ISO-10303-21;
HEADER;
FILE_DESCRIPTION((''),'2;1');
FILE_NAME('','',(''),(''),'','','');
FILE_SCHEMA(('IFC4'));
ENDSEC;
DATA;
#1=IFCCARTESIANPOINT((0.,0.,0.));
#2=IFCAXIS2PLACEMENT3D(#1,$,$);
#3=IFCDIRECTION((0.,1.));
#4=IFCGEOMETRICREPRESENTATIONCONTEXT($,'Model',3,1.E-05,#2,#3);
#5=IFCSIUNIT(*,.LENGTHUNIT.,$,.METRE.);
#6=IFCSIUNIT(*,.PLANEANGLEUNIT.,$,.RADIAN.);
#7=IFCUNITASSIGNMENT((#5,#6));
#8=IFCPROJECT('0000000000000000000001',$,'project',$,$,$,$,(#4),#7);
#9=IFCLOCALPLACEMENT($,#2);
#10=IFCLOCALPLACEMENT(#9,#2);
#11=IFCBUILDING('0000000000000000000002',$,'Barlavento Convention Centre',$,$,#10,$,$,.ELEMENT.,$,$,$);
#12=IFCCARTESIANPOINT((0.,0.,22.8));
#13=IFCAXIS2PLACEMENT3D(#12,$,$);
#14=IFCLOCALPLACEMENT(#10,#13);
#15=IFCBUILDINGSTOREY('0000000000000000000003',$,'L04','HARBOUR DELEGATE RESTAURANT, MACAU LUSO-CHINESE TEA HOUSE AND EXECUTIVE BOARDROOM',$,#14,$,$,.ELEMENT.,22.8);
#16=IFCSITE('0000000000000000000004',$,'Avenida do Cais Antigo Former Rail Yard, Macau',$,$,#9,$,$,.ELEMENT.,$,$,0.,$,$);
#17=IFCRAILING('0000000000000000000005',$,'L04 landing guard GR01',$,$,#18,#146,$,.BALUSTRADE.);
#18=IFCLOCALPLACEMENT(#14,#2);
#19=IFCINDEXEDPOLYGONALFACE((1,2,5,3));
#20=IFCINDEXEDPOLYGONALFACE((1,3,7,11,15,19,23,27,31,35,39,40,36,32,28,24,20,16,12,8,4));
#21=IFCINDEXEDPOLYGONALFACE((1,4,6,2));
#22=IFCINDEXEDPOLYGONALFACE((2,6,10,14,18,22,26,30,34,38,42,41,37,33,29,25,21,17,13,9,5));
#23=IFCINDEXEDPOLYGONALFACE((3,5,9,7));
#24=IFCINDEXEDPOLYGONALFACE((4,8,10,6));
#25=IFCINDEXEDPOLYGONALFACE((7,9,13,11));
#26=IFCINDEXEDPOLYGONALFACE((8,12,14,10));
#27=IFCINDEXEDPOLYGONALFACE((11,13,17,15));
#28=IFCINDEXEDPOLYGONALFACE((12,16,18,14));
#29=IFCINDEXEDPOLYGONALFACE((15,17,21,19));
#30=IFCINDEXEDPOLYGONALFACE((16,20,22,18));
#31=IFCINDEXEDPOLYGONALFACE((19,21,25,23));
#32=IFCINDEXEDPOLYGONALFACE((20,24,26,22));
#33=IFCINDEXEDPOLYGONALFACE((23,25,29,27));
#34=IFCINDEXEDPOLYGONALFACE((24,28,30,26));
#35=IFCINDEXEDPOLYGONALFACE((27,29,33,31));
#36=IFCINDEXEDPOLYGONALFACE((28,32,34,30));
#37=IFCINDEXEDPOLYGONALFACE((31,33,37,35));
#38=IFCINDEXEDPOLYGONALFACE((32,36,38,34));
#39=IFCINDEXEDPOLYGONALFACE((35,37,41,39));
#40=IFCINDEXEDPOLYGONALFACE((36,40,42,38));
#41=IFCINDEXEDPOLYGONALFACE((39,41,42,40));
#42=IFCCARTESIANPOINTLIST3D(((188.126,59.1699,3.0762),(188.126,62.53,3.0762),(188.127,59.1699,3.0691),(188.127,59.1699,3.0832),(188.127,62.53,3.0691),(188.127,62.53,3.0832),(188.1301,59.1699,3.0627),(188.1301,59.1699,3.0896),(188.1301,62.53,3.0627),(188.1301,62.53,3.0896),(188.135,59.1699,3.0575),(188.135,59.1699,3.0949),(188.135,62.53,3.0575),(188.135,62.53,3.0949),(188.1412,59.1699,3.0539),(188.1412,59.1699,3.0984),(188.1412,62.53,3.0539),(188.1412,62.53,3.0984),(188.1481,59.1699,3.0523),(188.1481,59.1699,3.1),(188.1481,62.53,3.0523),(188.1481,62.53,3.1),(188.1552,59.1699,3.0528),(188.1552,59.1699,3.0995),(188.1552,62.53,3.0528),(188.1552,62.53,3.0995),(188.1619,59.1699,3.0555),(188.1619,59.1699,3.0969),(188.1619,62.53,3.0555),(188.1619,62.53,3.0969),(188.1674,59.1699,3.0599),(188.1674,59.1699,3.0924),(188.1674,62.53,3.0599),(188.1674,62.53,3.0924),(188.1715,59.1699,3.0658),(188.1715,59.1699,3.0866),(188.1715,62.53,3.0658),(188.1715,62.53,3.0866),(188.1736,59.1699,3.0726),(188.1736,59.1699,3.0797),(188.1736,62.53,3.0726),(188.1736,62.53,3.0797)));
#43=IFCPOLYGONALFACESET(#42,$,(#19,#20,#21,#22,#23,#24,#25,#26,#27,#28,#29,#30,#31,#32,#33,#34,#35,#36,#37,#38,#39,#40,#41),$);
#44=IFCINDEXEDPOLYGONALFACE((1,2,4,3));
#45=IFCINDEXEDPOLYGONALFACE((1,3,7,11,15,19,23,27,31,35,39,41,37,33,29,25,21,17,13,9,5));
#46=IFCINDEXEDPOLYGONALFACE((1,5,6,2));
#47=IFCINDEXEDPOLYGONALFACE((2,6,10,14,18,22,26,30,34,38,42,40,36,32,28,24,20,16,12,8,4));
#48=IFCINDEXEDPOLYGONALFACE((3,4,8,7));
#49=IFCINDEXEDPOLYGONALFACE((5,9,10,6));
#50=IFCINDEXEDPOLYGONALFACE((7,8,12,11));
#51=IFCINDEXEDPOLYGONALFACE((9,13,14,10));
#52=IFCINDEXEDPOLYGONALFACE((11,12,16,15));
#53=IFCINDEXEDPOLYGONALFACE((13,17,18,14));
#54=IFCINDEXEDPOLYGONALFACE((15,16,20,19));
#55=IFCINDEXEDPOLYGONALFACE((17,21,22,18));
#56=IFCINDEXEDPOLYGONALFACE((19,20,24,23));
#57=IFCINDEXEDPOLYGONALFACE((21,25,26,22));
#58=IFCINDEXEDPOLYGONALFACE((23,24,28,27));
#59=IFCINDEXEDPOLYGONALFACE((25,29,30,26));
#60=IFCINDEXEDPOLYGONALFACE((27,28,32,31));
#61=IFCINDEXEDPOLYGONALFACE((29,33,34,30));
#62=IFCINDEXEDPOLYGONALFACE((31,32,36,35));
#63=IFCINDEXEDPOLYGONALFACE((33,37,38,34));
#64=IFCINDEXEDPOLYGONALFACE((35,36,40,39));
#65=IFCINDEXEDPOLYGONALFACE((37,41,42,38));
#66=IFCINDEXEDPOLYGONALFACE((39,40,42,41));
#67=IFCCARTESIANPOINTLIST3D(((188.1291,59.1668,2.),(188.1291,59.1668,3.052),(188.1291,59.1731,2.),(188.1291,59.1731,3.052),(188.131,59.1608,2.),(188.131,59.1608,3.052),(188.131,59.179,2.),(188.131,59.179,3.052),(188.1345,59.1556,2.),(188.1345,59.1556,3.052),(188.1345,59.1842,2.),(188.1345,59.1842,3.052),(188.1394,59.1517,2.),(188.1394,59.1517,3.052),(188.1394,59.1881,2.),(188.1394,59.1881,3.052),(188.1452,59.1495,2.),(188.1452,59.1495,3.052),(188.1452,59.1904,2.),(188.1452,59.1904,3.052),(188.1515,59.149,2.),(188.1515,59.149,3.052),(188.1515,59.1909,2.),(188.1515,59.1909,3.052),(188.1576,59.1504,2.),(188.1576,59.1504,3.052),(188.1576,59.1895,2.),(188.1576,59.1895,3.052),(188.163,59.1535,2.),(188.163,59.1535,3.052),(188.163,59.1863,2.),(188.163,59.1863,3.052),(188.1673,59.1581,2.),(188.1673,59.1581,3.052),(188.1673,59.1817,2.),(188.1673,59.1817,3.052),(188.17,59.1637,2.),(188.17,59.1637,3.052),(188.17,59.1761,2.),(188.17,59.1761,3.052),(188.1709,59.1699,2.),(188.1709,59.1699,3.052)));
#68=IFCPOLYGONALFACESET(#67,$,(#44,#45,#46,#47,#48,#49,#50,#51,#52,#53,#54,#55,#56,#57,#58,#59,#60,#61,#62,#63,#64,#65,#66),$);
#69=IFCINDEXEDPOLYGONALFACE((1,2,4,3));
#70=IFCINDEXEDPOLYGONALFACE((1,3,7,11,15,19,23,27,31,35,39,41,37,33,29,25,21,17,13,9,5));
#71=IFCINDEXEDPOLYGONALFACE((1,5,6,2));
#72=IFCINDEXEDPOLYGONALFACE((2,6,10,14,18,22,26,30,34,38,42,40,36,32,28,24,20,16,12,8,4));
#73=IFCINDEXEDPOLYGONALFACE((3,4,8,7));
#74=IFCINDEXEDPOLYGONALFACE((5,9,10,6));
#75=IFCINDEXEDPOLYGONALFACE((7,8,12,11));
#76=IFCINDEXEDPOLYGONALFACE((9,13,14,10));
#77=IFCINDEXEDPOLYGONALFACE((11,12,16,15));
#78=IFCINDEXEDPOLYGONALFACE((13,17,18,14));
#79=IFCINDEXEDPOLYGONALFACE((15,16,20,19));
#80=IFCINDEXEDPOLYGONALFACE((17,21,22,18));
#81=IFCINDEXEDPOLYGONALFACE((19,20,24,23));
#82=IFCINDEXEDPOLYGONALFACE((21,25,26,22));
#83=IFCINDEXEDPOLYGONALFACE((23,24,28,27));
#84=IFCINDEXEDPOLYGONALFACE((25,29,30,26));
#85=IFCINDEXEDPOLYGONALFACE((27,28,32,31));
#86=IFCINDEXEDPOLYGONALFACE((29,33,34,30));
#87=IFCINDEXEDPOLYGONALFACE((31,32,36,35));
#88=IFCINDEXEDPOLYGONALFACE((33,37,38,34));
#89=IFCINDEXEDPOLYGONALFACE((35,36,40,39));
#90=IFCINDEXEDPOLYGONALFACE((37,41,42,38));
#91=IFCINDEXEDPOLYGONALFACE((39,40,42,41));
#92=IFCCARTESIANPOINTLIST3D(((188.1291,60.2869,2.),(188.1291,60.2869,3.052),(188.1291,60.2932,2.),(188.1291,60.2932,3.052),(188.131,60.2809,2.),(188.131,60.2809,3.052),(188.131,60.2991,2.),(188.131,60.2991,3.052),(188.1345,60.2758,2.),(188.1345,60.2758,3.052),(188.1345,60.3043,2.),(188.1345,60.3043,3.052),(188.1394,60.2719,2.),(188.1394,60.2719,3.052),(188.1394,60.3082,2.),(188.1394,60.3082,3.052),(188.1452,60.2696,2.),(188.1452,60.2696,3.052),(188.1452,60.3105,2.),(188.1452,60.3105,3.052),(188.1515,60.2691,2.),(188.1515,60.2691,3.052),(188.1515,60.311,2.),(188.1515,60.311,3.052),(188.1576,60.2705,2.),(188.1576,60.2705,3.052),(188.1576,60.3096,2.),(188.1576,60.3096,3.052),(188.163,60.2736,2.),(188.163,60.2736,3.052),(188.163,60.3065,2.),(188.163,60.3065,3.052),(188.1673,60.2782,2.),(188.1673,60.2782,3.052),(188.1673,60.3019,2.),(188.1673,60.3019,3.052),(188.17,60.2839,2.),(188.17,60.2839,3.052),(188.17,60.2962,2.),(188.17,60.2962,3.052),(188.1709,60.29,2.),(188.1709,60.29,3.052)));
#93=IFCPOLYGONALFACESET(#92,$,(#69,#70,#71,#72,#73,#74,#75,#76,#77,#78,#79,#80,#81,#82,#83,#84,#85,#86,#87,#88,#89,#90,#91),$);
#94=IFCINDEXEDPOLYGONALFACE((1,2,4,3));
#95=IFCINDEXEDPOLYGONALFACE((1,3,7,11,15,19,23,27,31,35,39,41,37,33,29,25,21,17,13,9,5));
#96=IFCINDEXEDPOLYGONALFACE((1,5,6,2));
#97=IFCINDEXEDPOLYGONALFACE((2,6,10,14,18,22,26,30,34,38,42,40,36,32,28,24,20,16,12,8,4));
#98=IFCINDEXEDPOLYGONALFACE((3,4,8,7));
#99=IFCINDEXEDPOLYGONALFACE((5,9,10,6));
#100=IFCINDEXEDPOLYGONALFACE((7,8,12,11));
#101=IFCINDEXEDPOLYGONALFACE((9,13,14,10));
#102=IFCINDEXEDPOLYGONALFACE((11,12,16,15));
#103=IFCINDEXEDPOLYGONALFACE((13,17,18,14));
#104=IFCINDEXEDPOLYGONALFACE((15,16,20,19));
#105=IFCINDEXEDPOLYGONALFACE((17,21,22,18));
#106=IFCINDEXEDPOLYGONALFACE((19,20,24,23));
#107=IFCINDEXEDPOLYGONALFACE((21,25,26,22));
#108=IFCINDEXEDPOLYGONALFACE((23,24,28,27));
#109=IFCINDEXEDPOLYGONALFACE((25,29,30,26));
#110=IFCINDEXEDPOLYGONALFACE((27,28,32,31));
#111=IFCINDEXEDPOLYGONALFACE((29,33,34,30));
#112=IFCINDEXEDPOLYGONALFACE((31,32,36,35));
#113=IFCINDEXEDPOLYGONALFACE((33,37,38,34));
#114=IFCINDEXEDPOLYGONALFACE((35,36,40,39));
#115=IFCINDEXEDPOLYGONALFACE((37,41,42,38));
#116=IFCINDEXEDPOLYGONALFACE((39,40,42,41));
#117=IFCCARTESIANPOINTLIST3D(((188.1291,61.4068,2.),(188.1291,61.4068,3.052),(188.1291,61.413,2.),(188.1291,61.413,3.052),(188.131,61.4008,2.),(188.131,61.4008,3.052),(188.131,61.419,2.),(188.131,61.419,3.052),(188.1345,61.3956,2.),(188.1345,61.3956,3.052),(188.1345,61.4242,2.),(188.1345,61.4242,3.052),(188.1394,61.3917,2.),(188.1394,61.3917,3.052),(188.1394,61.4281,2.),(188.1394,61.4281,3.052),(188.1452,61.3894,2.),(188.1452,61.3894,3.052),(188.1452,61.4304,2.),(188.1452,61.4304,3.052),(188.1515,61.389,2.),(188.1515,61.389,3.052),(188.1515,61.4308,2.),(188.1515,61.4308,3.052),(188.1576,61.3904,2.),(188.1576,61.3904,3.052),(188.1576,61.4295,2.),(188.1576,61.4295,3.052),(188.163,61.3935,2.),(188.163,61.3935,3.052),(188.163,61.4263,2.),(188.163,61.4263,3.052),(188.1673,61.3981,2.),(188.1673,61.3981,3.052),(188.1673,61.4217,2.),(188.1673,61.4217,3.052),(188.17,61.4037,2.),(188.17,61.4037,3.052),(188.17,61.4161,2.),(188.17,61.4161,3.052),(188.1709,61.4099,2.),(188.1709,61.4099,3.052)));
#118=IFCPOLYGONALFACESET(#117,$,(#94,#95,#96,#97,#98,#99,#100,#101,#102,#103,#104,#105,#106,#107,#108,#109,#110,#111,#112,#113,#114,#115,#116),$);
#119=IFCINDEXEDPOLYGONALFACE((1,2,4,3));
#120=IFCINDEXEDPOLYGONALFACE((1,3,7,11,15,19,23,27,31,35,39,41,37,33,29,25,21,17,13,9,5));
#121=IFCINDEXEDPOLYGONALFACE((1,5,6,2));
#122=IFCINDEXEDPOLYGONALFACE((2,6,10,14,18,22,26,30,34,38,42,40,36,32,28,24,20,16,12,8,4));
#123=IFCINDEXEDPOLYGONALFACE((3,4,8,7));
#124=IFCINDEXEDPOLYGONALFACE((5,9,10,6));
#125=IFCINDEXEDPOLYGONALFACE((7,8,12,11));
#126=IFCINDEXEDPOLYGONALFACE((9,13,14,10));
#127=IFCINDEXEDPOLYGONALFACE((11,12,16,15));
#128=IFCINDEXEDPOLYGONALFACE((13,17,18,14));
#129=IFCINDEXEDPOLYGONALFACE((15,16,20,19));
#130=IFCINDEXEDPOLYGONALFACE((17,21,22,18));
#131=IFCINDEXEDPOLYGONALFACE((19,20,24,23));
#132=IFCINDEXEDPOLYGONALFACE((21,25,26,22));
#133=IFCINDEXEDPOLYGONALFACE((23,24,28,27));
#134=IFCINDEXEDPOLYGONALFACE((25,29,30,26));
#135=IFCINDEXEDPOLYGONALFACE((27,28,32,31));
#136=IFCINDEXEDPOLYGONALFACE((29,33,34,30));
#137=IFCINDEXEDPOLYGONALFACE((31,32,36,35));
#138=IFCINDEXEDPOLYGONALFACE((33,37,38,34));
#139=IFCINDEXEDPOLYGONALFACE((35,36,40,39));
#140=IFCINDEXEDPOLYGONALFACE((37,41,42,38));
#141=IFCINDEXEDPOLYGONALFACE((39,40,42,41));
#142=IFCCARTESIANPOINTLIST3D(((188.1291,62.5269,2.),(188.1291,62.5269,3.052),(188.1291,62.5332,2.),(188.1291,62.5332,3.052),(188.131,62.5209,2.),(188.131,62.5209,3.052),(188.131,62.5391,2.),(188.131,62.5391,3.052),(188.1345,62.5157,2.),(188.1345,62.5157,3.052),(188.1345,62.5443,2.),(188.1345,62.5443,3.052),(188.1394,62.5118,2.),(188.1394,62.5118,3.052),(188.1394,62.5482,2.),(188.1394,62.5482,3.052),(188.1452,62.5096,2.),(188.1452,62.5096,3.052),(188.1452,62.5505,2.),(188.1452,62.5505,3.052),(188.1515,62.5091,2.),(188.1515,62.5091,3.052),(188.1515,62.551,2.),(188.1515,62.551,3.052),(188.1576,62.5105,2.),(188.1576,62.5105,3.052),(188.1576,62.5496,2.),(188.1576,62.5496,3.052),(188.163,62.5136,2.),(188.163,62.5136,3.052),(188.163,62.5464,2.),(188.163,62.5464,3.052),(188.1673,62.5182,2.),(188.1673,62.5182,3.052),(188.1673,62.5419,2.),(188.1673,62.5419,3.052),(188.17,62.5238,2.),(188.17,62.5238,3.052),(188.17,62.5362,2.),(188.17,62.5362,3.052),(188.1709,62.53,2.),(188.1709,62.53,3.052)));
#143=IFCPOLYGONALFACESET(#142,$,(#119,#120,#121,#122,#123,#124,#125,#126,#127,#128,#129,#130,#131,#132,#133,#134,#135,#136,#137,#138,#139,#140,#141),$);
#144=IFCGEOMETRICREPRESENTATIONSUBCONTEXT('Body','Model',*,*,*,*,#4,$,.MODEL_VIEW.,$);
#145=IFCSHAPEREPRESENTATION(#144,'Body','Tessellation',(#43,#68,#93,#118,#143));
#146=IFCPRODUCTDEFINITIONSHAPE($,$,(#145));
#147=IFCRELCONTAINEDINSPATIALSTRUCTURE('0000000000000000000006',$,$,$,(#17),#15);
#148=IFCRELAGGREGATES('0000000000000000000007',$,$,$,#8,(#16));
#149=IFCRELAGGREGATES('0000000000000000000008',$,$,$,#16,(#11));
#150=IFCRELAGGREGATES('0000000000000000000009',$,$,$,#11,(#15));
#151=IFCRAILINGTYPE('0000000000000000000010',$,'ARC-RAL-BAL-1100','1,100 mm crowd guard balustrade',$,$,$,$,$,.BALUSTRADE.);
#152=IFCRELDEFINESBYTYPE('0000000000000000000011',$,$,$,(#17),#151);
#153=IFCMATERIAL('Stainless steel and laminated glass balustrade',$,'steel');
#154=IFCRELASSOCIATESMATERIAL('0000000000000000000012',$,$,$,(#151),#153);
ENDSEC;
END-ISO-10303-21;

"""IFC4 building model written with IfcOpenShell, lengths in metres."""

from ifc_helpers import new_model, si_unit, direction, frame, origin, origin_2d, place, context, subcontext, project, spatial, circle, extrude, material, type_object, element, save


model = new_model("IFC4")

# Units and contexts
model_context = context("Model", 3, precision=1e-05, world=origin(), true_north=direction((0.0, 1.0)))
body_context = subcontext(model_context, "Body", "Model", "MODEL_VIEW")
ifc_project = project(units=[si_unit("LENGTHUNIT", "METRE"), si_unit("PLANEANGLEUNIT", "RADIAN")], contexts=[model_context])

# Site, building, storey
site_placement = place(None, origin())
site = spatial("IfcSite", under=ifc_project, at=site_placement, Name="Avenida do Cais Antigo Former Rail Yard, Macau", CompositionType="ELEMENT", RefElevation=0.0)
building_placement = place(site_placement, origin())
building = spatial("IfcBuilding", under=site, at=building_placement, Name="Barlavento Convention Centre", CompositionType="ELEMENT")
storey_placement = place(building_placement, frame((0.0, 0.0, 22.8)))
storey = spatial("IfcBuildingStorey", under=building, at=storey_placement, Name="L04", Description="HARBOUR DELEGATE RESTAURANT, MACAU LUSO-CHINESE TEA HOUSE AND EXECUTIVE BOARDROOM", CompositionType="ELEMENT", Elevation=22.8)

# Railing
ifc_material_1 = material(Name="Stainless steel and laminated glass balustrade", Category="steel")
railing_type_1 = type_object("IfcRailingType", Name="ARC-RAL-BAL-1100", Description="1,100 mm crowd guard balustrade", PredefinedType="BALUSTRADE", material=ifc_material_1)
for number, where, name in (
    (1, (188.1499, 59.1699, 2.0), "L04 landing guard GR01"),
):
    element("IfcRailing", number, at=place(storey_placement, frame(where)), inside=storey, type_object=railing_type_1, Name=name, PredefinedType="BALUSTRADE", context=body_context, shape_type="SweptSolid", body=[
        extrude(circle(Radius=0.0239, at=origin_2d()), frame((0.0, 0.0, 1.0762), z_axis=(0.0, 1.0, 0.0), x_axis=(-1.0, 0.0, 0.0)), (0.0, 0.0, 1.0), 3.3601),
        extrude(circle(Radius=0.021, at=origin_2d()), origin(), (0.0, 0.0, 1.0), 1.052),
        extrude(circle(Radius=0.021, at=origin_2d()), frame((0.0, 1.1201, 0.0)), (0.0, 0.0, 1.0), 1.052),
        extrude(circle(Radius=0.021, at=origin_2d()), frame((0.0, 2.24, 0.0)), (0.0, 0.0, 1.0), 1.052),
        extrude(circle(Radius=0.021, at=origin_2d()), frame((0.0, 3.3601, 0.0)), (0.0, 0.0, 1.0), 1.052),
    ])

save(model, "model.ifc")
